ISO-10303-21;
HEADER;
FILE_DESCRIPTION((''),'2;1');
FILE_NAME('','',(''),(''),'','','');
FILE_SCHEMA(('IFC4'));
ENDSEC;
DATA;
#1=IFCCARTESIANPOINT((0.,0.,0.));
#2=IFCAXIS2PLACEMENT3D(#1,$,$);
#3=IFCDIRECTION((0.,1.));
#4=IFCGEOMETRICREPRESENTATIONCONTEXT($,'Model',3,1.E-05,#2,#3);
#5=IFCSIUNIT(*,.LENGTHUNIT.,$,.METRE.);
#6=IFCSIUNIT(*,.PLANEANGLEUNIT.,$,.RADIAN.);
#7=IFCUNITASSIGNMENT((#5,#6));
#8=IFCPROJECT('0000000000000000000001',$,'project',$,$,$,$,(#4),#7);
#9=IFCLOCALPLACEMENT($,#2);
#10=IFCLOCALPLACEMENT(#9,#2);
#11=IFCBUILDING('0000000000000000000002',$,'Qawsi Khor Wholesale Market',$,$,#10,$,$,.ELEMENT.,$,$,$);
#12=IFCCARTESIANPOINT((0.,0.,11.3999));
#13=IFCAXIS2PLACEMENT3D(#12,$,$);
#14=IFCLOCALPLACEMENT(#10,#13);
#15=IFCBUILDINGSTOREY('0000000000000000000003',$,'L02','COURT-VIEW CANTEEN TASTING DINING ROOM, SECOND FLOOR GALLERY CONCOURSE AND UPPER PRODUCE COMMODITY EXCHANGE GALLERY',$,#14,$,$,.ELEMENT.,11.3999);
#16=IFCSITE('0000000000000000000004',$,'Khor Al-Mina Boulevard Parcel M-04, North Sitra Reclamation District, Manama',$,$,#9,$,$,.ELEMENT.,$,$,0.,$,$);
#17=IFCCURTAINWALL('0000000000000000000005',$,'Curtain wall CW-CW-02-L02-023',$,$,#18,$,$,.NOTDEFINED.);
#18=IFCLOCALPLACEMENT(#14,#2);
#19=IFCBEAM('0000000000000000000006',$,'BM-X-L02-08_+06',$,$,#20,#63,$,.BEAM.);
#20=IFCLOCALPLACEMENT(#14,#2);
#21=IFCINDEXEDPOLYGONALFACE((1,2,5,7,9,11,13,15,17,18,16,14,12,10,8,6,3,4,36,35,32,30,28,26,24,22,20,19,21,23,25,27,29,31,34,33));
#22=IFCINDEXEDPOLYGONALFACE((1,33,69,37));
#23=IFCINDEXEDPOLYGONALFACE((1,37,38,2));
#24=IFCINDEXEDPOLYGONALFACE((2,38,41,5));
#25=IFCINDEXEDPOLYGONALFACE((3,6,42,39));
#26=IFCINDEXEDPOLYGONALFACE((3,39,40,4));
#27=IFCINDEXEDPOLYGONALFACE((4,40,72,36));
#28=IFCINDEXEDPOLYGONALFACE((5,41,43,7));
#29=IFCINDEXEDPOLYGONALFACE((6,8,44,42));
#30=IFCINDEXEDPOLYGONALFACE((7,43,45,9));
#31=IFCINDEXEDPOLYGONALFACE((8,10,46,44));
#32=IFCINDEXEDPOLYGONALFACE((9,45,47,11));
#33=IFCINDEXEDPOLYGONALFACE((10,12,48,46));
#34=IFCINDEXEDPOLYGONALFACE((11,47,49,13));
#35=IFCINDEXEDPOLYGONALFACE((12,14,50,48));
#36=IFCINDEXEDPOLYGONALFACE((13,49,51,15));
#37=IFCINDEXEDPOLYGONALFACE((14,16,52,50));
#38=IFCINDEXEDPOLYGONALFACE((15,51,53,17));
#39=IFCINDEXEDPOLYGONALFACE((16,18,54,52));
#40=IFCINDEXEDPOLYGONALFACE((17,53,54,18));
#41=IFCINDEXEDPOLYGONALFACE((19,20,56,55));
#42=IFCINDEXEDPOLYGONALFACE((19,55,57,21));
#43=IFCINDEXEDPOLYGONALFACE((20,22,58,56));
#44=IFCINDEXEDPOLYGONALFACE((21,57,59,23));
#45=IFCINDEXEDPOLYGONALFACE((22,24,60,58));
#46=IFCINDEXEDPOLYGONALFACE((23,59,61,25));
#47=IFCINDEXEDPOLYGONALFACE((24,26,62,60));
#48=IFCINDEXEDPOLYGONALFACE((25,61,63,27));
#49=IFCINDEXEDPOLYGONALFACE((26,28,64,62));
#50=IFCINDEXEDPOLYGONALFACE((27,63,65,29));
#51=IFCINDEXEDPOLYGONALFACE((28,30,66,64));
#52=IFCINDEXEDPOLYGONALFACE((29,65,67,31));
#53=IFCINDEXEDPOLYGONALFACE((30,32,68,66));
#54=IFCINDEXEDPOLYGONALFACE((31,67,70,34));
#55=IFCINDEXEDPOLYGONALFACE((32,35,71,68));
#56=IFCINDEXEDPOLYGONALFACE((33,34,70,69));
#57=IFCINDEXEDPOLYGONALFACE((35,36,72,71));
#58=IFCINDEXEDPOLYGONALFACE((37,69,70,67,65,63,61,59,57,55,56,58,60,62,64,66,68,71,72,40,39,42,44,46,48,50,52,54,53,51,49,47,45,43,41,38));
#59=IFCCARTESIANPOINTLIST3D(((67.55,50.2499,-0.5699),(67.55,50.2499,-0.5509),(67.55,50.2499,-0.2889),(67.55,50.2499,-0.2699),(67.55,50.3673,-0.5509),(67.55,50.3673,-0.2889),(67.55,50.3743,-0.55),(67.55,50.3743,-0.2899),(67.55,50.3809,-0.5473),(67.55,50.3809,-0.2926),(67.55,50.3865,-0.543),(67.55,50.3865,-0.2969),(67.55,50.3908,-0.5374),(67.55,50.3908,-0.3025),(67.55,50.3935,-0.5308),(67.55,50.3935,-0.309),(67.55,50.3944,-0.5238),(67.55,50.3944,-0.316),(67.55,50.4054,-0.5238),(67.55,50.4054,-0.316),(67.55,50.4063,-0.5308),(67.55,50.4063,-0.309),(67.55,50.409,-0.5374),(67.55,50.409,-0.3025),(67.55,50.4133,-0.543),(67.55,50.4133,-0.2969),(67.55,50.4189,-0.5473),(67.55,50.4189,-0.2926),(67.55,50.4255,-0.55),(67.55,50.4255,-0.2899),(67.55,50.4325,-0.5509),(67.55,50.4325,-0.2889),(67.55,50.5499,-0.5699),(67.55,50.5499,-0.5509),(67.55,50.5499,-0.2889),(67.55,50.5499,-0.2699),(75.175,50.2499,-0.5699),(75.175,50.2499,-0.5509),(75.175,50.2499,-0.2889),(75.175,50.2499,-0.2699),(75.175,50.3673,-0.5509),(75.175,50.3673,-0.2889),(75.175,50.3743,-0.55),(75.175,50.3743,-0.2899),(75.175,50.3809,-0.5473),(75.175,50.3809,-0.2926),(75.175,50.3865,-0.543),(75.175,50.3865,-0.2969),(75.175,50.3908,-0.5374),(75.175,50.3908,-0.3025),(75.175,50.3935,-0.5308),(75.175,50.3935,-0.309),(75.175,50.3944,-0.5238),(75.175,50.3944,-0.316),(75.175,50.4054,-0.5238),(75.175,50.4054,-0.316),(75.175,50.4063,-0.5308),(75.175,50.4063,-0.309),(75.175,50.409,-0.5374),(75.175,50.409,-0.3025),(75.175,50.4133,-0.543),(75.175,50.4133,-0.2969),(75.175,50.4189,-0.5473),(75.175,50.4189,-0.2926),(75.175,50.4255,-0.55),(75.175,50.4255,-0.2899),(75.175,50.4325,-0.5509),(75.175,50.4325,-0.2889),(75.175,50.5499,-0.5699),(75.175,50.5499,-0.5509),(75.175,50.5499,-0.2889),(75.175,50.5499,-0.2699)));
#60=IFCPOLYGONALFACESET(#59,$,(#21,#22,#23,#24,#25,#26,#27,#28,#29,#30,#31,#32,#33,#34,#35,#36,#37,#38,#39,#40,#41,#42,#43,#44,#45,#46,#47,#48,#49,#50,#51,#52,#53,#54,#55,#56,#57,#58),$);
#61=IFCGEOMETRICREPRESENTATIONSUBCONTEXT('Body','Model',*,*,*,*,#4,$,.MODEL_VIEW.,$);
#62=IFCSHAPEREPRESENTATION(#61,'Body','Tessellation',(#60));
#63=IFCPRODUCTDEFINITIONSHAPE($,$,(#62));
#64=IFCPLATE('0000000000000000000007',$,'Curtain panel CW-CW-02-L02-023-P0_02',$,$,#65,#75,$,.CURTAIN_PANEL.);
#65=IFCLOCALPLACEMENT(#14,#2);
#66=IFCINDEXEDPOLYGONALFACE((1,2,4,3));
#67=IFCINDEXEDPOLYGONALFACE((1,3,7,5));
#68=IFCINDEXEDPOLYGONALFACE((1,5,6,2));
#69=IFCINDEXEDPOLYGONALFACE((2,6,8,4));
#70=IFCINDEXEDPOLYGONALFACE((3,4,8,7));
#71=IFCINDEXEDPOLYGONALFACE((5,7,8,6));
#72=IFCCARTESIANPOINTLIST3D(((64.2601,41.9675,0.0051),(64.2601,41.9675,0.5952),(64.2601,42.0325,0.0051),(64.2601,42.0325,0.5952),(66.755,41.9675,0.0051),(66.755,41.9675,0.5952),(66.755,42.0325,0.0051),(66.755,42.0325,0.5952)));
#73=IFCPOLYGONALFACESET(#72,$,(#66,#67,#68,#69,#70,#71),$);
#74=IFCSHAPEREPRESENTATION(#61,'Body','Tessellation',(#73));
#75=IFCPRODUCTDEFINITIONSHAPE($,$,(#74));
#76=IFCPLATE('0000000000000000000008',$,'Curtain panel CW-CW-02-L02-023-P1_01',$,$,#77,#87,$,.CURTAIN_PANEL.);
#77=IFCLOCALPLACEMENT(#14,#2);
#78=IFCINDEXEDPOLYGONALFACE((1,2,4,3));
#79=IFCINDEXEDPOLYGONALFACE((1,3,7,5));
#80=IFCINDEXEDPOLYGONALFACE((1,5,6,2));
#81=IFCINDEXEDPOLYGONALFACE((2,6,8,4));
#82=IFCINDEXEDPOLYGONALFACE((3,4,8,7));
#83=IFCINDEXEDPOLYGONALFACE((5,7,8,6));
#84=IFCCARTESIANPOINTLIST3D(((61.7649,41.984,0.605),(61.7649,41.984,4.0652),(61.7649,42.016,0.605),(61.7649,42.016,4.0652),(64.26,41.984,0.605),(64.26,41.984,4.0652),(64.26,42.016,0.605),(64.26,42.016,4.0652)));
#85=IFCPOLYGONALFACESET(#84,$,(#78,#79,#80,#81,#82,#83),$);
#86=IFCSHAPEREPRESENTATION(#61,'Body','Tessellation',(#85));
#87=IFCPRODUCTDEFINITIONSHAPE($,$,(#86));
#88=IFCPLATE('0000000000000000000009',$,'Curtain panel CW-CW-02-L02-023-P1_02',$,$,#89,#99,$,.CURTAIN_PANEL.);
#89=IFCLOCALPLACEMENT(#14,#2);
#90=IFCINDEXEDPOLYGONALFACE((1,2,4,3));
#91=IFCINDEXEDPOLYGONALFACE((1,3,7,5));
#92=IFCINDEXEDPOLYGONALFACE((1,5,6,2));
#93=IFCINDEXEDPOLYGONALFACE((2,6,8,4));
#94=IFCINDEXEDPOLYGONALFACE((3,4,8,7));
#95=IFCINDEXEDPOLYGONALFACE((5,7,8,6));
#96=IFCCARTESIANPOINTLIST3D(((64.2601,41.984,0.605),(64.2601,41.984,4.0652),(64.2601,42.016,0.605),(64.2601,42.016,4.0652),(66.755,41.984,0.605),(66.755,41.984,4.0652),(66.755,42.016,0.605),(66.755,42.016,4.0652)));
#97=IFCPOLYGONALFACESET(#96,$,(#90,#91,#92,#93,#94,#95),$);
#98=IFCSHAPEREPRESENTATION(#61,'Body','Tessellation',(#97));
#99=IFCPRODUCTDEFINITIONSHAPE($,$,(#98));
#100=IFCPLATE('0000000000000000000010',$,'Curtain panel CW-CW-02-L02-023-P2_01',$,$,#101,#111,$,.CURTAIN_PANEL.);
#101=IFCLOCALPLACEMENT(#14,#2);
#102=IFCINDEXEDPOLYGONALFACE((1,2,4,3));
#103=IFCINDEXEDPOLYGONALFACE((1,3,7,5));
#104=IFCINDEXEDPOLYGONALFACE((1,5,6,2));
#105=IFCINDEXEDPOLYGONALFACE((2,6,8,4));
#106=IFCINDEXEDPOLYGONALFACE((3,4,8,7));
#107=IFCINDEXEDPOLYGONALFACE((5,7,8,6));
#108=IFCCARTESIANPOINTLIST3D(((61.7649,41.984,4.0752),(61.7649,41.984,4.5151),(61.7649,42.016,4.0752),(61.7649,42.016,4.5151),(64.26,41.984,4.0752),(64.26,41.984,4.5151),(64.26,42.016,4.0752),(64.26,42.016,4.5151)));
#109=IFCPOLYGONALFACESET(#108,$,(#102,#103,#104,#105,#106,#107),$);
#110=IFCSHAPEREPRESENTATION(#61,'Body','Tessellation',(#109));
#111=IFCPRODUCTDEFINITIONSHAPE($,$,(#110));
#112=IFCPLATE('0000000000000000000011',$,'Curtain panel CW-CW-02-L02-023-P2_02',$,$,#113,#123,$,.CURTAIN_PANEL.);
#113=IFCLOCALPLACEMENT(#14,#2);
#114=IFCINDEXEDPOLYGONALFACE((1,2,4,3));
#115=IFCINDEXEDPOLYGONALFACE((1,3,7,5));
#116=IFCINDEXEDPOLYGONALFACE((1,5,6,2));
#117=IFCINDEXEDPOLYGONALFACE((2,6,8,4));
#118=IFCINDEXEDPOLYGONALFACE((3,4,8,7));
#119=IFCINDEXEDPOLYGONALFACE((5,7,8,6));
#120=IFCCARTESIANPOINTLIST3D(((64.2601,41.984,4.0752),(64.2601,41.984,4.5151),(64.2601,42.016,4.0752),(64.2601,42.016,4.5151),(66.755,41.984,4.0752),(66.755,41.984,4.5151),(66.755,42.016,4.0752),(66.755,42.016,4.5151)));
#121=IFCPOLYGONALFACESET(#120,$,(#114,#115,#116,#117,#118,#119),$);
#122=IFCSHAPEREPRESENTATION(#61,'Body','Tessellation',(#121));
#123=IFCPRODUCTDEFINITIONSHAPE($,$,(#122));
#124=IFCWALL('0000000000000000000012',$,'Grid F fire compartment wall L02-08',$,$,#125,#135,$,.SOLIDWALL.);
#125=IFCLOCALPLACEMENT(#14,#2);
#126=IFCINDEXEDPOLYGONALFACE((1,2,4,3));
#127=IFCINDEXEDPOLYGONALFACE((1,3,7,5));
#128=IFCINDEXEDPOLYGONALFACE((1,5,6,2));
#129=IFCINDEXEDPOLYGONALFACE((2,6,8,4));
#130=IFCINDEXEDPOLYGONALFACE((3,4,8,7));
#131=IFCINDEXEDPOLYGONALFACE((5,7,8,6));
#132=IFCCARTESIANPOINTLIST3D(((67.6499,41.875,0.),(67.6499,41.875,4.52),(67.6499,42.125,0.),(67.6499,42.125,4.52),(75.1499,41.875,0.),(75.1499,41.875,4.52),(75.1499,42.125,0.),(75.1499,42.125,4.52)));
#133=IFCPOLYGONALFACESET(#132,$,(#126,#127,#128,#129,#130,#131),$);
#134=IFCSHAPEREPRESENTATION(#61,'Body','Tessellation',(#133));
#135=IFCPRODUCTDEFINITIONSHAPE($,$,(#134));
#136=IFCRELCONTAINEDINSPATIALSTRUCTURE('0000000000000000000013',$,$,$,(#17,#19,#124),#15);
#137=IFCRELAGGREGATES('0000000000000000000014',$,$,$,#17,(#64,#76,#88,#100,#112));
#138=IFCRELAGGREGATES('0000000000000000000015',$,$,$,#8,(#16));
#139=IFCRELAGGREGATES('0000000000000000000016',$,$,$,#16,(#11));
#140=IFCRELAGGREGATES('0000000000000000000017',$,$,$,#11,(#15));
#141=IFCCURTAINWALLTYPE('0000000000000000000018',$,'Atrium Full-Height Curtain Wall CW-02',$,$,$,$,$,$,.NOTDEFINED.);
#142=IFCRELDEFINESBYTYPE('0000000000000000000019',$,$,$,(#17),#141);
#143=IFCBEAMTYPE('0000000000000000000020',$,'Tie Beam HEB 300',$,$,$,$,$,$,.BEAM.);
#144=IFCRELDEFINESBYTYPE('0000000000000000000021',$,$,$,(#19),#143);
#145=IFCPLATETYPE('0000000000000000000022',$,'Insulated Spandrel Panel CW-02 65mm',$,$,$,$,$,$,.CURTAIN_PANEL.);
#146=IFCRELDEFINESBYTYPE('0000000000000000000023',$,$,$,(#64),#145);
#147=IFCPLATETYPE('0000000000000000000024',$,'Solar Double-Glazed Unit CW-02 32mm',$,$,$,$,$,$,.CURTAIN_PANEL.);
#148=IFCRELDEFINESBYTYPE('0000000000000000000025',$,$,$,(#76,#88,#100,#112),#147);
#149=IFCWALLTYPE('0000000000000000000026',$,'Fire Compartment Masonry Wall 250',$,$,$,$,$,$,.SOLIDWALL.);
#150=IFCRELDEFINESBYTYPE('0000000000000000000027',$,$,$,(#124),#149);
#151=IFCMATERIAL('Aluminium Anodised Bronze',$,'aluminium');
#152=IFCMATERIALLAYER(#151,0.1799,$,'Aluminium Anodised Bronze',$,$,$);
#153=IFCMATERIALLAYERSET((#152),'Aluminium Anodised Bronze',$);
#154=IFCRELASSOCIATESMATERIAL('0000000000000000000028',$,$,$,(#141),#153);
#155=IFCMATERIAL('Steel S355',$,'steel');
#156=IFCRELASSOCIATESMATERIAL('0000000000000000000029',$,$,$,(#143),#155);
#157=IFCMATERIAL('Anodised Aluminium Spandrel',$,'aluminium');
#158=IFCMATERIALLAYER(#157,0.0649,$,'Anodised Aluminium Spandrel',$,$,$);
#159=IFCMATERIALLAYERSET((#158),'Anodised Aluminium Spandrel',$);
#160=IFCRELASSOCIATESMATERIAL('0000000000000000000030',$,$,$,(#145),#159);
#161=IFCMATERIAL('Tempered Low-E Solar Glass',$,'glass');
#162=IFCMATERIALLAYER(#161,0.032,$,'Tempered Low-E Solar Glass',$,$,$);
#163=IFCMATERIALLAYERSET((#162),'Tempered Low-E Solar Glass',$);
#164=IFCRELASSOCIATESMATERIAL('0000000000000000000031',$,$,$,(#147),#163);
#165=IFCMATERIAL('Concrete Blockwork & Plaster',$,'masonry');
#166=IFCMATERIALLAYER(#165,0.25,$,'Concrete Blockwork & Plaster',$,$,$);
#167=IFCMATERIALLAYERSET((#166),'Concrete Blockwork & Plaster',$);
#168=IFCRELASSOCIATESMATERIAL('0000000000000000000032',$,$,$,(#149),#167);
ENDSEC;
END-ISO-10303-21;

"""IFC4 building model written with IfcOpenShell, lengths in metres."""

from ifc_helpers import new_model, si_unit, direction, frame, frame_2d, origin, origin_2d, place, context, subcontext, project, spatial, rectangle, i_section, extrude, material, layer, layer_set, material_profile, profile_set, type_object, element, aggregate, save


model = new_model("IFC4")

# Units and contexts
model_context = context("Model", 3, precision=1e-05, world=origin(), true_north=direction((0.0, 1.0)))
body_context = subcontext(model_context, "Body", "Model", "MODEL_VIEW")
ifc_project = project(units=[si_unit("LENGTHUNIT", "METRE"), si_unit("PLANEANGLEUNIT", "RADIAN")], contexts=[model_context])

# Site, building, storey
site_placement = place(None, origin())
site = spatial("IfcSite", under=ifc_project, at=site_placement, Name="Khor Al-Mina Boulevard Parcel M-04, North Sitra Reclamation District, Manama", CompositionType="ELEMENT", RefElevation=0.0)
building_placement = place(site_placement, origin())
building = spatial("IfcBuilding", under=site, at=building_placement, Name="Qawsi Khor Wholesale Market", CompositionType="ELEMENT")
storey_placement = place(building_placement, frame((0.0, 0.0, 11.3999)))
storey = spatial("IfcBuildingStorey", under=building, at=storey_placement, Name="L02", Description="COURT-VIEW CANTEEN TASTING DINING ROOM, SECOND FLOOR GALLERY CONCOURSE AND UPPER PRODUCE COMMODITY EXCHANGE GALLERY", CompositionType="ELEMENT", Elevation=11.3999)

# Curtain wall
ifc_material_1 = material(Name="Aluminium Anodised Bronze", Category="aluminium")
ifc_layer_1 = layer(ifc_material_1, 0.1799, Name="Aluminium Anodised Bronze")
ifc_layer_set_1 = layer_set([ifc_layer_1], Name="Aluminium Anodised Bronze")
curtain_wall_type_1 = type_object("IfcCurtainWallType", Name="Atrium Full-Height Curtain Wall CW-02", PredefinedType="NOTDEFINED", material=ifc_layer_set_1)
curtain_wall_1_placement = place(storey_placement, origin())
curtain_wall_1 = element("IfcCurtainWall", 1, at=curtain_wall_1_placement, inside=storey, type_object=curtain_wall_type_1, Name="Curtain wall CW-CW-02-L02-023", PredefinedType="NOTDEFINED")

# Beam
ifc_material_2 = material(Name="Steel S355", Category="steel")
ifc_material_profile_1 = material_profile(ifc_material_2, i_section(OverallWidth=0.3, OverallDepth=0.3, WebThickness=0.011, FlangeThickness=0.019, FilletRadius=0.0271, at=origin_2d()), Name="HEB 300")
ifc_profile_set_1 = profile_set([ifc_material_profile_1], Name="Steel S355")
beam_type_1 = type_object("IfcBeamType", Name="Tie Beam HEB 300", PredefinedType="BEAM", material=ifc_profile_set_1)
beam_1_placement = place(storey_placement, frame((67.55, 50.3999, -0.4199), z_axis=(1.0, 0.0, 0.0), x_axis=(0.0, 1.0, 0.0)))
element("IfcBeam", 2, at=beam_1_placement, inside=storey, type_object=beam_type_1, Name="BM-X-L02-08_+06", PredefinedType="BEAM", context=body_context, shape_type="SweptSolid", body=[
    extrude(i_section(OverallWidth=0.3, OverallDepth=0.3, WebThickness=0.011, FlangeThickness=0.019, FilletRadius=0.0271, at=origin_2d()), origin(), (0.0, 0.0, 1.0), 7.625),
])

# Plates
ifc_material_3 = material(Name="Anodised Aluminium Spandrel", Category="aluminium")
ifc_layer_2 = layer(ifc_material_3, 0.0649, Name="Anodised Aluminium Spandrel")
ifc_layer_set_2 = layer_set([ifc_layer_2], Name="Anodised Aluminium Spandrel")
plate_type_1 = type_object("IfcPlateType", Name="Insulated Spandrel Panel CW-02 65mm", PredefinedType="CURTAIN_PANEL", material=ifc_layer_set_2)
plate_1_placement = place(storey_placement, frame((64.26, 42.0, 0.0051), z_axis=(0.0, 0.0, 1.0), x_axis=(1.0, 0.0, 0.0)))
plate_1 = element("IfcPlate", 3, at=plate_1_placement, type_object=plate_type_1, Name="Curtain panel CW-CW-02-L02-023-P0_02", PredefinedType="CURTAIN_PANEL", context=body_context, shape_type="SweptSolid", body=[
    extrude(rectangle(XDim=2.4949, YDim=0.0649, at=frame_2d((1.2476, 0.0))), origin(), (0.0, 0.0, 1.0), 0.5901),
])
ifc_material_4 = material(Name="Tempered Low-E Solar Glass", Category="glass")
ifc_layer_3 = layer(ifc_material_4, 0.032, Name="Tempered Low-E Solar Glass")
ifc_layer_set_3 = layer_set([ifc_layer_3], Name="Tempered Low-E Solar Glass")
plate_type_2 = type_object("IfcPlateType", Name="Solar Double-Glazed Unit CW-02 32mm", PredefinedType="CURTAIN_PANEL", material=ifc_layer_set_3)
plate_2_placement = place(storey_placement, frame((61.7649, 42.0, 0.605), z_axis=(0.0, 0.0, 1.0), x_axis=(1.0, 0.0, 0.0)))
plate_2 = element("IfcPlate", 4, at=plate_2_placement, type_object=plate_type_2, Name="Curtain panel CW-CW-02-L02-023-P1_01", PredefinedType="CURTAIN_PANEL", context=body_context, shape_type="SweptSolid", body=[
    extrude(rectangle(XDim=2.4951, YDim=0.032, at=frame_2d((1.2476, 0.0))), origin(), (0.0, 0.0, 1.0), 3.4602),
])
plate_3_placement = place(storey_placement, frame((64.26, 42.0, 0.605), z_axis=(0.0, 0.0, 1.0), x_axis=(1.0, 0.0, 0.0)))
plate_3 = element("IfcPlate", 5, at=plate_3_placement, type_object=plate_type_2, Name="Curtain panel CW-CW-02-L02-023-P1_02", PredefinedType="CURTAIN_PANEL", context=body_context, shape_type="SweptSolid", body=[
    extrude(rectangle(XDim=2.4949, YDim=0.032, at=frame_2d((1.2476, 0.0))), origin(), (0.0, 0.0, 1.0), 3.4602),
])
plate_4_placement = place(storey_placement, frame((61.7649, 42.0, 4.0752), z_axis=(0.0, 0.0, 1.0), x_axis=(1.0, 0.0, 0.0)))
plate_4 = element("IfcPlate", 6, at=plate_4_placement, type_object=plate_type_2, Name="Curtain panel CW-CW-02-L02-023-P2_01", PredefinedType="CURTAIN_PANEL", context=body_context, shape_type="SweptSolid", body=[
    extrude(rectangle(XDim=2.4951, YDim=0.032, at=frame_2d((1.2476, 0.0))), origin(), (0.0, 0.0, 1.0), 0.4399),
])
plate_5_placement = place(storey_placement, frame((64.26, 42.0, 4.0752), z_axis=(0.0, 0.0, 1.0), x_axis=(1.0, 0.0, 0.0)))
plate_5 = element("IfcPlate", 7, at=plate_5_placement, type_object=plate_type_2, Name="Curtain panel CW-CW-02-L02-023-P2_02", PredefinedType="CURTAIN_PANEL", context=body_context, shape_type="SweptSolid", body=[
    extrude(rectangle(XDim=2.4949, YDim=0.032, at=frame_2d((1.2476, 0.0))), origin(), (0.0, 0.0, 1.0), 0.4399),
])
aggregate(curtain_wall_1, [plate_1, plate_2, plate_3, plate_4, plate_5])

# Wall
ifc_material_5 = material(Name="Concrete Blockwork & Plaster", Category="masonry")
ifc_layer_4 = layer(ifc_material_5, 0.25, Name="Concrete Blockwork & Plaster")
ifc_layer_set_4 = layer_set([ifc_layer_4], Name="Concrete Blockwork & Plaster")
wall_type = type_object("IfcWallType", Name="Fire Compartment Masonry Wall 250", PredefinedType="SOLIDWALL", material=ifc_layer_set_4)
wall_placement = place(storey_placement, frame((67.6499, 42.0, 0.0), z_axis=(0.0, 0.0, 1.0), x_axis=(1.0, 0.0, 0.0)))
element("IfcWall", 8, at=wall_placement, inside=storey, type_object=wall_type, Name="Grid F fire compartment wall L02-08", PredefinedType="SOLIDWALL", context=body_context, shape_type="SweptSolid", body=[
    extrude(rectangle(XDim=7.5, YDim=0.25, at=frame_2d((3.75, 0.0))), origin(), (0.0, 0.0, 1.0), 4.52),
])

save(model, "model.ifc")
